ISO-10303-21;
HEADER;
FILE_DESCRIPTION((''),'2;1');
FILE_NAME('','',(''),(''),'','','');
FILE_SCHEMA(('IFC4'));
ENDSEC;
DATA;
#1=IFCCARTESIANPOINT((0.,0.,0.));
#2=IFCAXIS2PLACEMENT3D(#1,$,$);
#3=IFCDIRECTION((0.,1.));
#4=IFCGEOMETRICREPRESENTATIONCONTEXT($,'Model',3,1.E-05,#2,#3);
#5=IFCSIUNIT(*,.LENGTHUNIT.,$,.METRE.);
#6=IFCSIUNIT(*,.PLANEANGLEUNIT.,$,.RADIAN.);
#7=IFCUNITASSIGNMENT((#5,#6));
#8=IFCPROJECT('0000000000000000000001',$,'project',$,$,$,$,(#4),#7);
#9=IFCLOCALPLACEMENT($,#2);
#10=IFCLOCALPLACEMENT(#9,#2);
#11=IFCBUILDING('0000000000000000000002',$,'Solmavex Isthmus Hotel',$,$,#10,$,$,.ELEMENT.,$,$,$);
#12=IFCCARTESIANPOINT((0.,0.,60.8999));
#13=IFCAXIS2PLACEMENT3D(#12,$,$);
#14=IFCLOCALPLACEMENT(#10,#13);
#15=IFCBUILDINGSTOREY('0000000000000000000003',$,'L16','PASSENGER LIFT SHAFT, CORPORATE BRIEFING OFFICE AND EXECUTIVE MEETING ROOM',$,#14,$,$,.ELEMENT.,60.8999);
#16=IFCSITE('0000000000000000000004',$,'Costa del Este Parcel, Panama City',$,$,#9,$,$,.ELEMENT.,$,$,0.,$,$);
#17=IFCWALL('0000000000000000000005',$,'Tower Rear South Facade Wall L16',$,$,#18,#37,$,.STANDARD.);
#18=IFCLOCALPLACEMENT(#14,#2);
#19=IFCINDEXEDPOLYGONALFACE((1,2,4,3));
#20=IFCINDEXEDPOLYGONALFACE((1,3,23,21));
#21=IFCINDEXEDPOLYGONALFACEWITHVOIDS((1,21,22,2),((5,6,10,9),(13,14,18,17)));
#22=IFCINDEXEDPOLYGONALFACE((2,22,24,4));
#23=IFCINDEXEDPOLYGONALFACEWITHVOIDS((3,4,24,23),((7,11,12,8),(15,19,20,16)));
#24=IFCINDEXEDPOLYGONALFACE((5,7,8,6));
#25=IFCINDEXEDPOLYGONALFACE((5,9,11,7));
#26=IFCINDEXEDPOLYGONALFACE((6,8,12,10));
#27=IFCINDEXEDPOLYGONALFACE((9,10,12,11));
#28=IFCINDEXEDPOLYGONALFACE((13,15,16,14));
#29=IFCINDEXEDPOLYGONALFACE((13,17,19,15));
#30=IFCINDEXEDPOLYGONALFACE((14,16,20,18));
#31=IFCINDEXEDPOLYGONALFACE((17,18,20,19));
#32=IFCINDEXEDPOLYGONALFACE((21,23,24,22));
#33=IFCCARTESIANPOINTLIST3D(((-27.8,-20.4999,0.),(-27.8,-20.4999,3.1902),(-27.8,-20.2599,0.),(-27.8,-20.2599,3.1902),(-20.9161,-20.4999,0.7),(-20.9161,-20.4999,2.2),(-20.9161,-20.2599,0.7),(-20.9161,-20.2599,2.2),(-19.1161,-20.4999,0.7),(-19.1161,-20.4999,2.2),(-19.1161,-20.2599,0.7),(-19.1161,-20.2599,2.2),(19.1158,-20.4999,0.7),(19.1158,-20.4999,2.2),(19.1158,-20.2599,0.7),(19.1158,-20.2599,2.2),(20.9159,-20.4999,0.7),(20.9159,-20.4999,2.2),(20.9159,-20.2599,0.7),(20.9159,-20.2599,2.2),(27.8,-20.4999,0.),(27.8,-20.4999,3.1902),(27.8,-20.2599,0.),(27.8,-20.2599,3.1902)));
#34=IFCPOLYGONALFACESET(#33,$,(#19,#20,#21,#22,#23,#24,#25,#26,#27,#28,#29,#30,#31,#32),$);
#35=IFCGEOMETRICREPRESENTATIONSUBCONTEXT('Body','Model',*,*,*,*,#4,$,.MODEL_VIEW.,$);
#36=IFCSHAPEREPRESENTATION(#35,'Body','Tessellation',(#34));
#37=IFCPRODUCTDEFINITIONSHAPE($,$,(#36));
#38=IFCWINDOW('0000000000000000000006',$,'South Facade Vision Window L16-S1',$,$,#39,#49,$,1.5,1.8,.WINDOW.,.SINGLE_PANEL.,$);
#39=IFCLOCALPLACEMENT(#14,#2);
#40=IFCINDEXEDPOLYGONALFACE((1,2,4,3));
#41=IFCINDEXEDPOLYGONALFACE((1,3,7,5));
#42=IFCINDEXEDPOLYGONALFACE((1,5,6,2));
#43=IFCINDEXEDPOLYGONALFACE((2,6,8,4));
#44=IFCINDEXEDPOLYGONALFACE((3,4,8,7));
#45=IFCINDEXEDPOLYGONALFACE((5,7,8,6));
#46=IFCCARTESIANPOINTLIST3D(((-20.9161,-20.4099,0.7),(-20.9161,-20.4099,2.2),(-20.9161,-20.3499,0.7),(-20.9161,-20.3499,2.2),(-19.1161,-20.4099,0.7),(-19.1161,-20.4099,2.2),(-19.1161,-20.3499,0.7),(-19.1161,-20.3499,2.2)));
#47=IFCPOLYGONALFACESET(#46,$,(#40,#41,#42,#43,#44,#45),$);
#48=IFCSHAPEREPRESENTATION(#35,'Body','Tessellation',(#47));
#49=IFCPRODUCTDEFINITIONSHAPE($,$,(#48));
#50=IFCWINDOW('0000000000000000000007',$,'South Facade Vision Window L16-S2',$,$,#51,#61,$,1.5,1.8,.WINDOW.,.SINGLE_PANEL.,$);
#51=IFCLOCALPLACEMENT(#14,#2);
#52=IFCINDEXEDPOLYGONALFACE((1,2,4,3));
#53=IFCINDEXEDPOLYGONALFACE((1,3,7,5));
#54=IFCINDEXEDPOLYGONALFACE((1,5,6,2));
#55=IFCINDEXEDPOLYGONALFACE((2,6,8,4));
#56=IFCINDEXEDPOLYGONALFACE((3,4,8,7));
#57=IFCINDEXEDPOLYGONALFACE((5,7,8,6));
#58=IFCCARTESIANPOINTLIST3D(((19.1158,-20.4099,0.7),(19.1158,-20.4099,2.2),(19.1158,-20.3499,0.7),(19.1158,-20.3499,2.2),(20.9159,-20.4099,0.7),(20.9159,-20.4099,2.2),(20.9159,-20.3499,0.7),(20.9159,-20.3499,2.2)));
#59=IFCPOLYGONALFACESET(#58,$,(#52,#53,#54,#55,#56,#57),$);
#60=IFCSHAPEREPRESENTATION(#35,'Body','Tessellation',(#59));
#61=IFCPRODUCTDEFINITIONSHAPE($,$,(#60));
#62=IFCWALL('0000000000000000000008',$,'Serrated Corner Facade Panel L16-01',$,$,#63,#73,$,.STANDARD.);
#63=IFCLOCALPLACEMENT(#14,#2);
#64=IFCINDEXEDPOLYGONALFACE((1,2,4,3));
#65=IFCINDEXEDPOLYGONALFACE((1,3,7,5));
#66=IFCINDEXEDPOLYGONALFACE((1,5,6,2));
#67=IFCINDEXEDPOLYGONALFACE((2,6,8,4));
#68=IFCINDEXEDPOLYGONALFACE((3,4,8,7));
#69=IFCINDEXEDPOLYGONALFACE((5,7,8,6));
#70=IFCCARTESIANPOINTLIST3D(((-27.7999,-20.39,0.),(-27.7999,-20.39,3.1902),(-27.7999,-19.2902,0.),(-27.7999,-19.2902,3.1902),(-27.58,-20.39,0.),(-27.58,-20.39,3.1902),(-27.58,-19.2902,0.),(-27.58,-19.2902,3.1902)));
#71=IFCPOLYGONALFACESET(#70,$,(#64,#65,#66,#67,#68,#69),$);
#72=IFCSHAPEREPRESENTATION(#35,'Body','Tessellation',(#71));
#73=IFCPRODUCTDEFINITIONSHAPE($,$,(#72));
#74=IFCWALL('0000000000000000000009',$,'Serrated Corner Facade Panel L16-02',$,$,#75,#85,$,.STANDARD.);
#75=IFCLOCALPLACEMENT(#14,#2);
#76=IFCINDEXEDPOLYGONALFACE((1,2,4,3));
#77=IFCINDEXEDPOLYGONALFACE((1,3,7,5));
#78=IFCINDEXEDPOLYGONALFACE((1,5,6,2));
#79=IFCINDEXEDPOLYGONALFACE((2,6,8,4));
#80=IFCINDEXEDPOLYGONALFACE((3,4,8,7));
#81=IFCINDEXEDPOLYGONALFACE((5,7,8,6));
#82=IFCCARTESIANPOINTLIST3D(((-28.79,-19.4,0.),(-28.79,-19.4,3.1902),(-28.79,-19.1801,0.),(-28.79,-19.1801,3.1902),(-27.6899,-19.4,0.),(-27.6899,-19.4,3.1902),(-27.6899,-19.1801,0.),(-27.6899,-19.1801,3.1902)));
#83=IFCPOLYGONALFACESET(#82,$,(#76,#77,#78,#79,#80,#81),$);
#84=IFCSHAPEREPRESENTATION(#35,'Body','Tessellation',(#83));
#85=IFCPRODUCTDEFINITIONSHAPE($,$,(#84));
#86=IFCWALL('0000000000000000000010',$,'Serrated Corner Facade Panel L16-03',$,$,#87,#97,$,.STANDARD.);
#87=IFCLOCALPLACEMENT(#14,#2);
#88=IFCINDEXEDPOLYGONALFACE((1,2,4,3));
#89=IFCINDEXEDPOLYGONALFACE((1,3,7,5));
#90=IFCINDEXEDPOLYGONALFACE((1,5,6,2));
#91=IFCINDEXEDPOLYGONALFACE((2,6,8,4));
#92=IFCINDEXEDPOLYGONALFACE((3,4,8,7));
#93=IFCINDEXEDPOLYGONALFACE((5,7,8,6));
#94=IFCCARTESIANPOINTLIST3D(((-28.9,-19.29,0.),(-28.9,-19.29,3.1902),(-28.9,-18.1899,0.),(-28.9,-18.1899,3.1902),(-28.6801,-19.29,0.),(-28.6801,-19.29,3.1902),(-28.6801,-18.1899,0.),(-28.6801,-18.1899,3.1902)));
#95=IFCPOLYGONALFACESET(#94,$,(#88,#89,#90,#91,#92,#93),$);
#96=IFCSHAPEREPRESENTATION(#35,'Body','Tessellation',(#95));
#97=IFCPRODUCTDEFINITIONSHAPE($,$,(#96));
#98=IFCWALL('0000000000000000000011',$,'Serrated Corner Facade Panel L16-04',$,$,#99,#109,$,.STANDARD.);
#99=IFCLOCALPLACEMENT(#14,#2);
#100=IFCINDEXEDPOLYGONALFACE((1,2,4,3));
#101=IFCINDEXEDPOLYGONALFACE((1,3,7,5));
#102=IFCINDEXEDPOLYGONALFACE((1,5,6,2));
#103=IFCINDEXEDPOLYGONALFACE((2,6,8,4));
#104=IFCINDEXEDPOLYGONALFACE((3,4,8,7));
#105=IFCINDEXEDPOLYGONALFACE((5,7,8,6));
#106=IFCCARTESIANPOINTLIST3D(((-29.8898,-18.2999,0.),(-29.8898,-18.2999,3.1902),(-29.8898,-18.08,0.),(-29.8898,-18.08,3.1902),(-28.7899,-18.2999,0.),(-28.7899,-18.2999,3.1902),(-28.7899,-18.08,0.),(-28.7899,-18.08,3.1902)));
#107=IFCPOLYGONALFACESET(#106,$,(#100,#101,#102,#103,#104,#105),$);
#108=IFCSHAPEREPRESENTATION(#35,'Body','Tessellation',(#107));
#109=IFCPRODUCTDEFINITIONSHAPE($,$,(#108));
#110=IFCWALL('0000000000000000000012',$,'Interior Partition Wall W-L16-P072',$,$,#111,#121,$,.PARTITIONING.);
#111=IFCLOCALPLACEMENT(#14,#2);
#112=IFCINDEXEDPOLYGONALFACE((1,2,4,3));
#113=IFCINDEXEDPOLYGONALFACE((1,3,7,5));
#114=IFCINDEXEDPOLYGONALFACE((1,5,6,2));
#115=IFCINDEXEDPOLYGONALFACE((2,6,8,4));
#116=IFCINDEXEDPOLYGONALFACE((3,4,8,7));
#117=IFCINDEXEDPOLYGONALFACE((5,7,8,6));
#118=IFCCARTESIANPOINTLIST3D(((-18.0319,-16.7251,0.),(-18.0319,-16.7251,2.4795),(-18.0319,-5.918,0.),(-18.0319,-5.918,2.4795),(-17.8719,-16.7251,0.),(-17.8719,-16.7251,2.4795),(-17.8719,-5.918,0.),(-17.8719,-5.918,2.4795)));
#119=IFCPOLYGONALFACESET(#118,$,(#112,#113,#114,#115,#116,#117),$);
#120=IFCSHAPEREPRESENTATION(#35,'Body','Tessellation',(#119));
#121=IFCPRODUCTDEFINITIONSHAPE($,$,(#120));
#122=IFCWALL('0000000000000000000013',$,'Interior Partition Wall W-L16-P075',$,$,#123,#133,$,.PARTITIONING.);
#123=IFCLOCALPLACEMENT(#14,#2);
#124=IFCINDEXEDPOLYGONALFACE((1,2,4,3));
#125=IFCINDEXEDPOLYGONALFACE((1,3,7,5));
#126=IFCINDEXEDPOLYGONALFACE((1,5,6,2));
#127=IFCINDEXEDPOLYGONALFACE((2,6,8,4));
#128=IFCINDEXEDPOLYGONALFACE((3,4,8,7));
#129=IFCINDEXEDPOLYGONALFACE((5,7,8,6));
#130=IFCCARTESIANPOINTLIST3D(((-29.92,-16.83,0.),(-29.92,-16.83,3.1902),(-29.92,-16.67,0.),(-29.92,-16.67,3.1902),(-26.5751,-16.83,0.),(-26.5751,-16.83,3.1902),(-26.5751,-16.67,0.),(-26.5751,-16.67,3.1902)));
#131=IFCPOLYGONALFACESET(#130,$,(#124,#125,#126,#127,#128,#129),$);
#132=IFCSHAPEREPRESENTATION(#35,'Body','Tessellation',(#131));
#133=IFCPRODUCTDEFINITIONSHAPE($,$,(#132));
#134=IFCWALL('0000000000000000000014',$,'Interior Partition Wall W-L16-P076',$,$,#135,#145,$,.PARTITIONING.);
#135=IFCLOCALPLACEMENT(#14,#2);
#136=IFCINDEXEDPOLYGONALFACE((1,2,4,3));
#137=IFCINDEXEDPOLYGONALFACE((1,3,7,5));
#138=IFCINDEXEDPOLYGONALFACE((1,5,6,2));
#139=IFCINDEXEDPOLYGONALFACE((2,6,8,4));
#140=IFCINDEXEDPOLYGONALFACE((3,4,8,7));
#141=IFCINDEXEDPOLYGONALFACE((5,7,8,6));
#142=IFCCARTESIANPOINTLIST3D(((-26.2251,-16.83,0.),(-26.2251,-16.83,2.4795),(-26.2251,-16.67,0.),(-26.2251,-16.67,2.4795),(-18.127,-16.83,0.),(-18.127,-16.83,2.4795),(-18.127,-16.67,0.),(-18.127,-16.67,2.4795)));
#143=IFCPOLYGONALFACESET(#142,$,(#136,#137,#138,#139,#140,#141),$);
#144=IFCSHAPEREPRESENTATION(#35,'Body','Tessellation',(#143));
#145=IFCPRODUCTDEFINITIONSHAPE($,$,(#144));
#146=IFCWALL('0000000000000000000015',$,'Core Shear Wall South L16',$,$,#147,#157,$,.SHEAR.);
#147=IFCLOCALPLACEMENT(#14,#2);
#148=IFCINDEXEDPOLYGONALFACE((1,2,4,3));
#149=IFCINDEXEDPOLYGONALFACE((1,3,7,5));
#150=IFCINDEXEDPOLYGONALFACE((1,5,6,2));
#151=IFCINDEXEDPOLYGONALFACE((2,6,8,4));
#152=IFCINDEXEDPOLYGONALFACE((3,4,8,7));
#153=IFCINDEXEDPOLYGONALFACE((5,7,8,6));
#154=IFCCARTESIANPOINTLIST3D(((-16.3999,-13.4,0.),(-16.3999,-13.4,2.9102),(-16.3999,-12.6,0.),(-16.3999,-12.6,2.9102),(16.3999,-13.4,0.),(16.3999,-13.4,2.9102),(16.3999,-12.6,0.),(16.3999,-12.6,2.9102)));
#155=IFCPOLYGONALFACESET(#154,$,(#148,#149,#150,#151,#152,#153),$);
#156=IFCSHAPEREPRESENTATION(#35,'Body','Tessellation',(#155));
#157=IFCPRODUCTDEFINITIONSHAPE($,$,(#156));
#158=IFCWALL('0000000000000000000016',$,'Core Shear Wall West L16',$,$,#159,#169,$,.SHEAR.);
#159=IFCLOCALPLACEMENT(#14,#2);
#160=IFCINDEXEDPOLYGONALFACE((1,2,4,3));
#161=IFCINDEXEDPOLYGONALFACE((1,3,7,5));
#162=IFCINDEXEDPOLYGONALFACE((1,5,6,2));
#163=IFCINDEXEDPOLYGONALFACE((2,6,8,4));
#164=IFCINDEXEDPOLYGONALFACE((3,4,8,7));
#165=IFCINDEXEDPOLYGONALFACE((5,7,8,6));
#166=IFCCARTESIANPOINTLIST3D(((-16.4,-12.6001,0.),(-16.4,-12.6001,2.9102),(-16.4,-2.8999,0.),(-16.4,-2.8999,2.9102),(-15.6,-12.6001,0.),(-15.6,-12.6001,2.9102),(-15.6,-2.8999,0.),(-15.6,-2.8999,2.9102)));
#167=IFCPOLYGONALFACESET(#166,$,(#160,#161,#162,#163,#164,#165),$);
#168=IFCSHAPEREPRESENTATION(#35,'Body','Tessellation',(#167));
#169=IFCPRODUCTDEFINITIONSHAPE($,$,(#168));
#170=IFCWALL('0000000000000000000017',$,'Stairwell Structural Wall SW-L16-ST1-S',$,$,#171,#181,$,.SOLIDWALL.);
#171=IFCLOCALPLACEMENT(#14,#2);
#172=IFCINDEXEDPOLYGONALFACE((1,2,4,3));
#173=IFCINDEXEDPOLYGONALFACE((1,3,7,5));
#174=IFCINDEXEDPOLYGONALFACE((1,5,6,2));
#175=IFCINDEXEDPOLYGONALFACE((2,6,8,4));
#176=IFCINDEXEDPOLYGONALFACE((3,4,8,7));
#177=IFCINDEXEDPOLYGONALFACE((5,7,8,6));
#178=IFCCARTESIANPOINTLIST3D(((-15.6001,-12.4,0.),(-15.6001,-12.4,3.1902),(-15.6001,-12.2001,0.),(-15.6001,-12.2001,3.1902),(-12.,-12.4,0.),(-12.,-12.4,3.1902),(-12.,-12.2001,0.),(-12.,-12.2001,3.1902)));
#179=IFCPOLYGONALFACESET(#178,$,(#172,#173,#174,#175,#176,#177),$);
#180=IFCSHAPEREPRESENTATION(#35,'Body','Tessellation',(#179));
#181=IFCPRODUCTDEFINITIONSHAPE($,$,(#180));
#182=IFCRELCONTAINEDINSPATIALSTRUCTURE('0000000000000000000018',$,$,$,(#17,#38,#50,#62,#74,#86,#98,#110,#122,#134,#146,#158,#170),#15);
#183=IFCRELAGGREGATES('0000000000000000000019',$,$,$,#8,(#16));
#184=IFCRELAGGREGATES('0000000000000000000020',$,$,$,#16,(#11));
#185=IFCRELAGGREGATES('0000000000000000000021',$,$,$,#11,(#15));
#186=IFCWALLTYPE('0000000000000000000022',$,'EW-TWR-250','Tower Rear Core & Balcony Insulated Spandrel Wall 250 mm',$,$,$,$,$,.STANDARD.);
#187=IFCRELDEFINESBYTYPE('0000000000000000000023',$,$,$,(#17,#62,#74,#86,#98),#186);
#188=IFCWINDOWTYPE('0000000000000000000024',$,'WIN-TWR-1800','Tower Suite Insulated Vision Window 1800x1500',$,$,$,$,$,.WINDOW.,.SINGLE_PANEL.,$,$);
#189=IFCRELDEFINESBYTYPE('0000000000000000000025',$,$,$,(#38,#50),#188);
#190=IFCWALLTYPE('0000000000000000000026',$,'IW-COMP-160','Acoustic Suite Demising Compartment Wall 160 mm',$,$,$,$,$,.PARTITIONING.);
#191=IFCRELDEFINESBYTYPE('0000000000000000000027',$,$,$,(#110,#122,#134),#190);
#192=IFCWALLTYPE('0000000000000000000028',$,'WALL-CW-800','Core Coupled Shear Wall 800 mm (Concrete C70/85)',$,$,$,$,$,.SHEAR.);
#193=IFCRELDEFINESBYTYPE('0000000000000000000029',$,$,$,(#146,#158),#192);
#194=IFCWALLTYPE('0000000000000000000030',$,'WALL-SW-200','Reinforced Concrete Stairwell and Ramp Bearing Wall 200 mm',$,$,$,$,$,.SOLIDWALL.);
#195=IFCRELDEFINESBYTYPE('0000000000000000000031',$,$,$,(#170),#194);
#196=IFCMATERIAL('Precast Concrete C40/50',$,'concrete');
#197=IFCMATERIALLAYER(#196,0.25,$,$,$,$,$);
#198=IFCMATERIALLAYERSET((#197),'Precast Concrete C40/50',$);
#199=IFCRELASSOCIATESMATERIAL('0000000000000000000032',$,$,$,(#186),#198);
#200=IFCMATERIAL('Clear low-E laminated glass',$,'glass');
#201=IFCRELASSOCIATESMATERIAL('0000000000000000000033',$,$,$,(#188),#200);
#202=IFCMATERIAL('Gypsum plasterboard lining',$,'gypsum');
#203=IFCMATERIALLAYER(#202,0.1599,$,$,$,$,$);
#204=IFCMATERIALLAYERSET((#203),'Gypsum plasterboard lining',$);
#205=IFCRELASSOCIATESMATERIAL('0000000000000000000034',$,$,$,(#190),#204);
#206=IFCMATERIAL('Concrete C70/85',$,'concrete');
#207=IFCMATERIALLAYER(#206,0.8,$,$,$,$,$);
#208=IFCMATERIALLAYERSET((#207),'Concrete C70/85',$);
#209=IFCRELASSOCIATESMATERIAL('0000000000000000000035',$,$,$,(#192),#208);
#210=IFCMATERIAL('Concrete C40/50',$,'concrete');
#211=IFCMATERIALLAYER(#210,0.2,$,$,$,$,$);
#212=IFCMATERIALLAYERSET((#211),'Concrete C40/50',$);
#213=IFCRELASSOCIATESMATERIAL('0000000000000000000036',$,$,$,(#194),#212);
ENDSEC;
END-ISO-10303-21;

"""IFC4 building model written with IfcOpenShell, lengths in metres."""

from ifc_helpers import new_model, si_unit, direction, frame, frame_2d, origin, place, context, subcontext, project, spatial, rectangle, extrude, material, layer, layer_set, type_object, element, fill, save


model = new_model("IFC4")

# Units and contexts
model_context = context("Model", 3, precision=1e-05, world=origin(), true_north=direction((0.0, 1.0)))
body_context = subcontext(model_context, "Body", "Model", "MODEL_VIEW")
ifc_project = project(units=[si_unit("LENGTHUNIT", "METRE"), si_unit("PLANEANGLEUNIT", "RADIAN")], contexts=[model_context])

# Site, building, storey
site_placement = place(None, origin())
site = spatial("IfcSite", under=ifc_project, at=site_placement, Name="Costa del Este Parcel, Panama City", CompositionType="ELEMENT", RefElevation=0.0)
building_placement = place(site_placement, origin())
building = spatial("IfcBuilding", under=site, at=building_placement, Name="Solmavex Isthmus Hotel", CompositionType="ELEMENT")
storey_placement = place(building_placement, frame((0.0, 0.0, 60.8999)))
storey = spatial("IfcBuildingStorey", under=building, at=storey_placement, Name="L16", Description="PASSENGER LIFT SHAFT, CORPORATE BRIEFING OFFICE AND EXECUTIVE MEETING ROOM", CompositionType="ELEMENT", Elevation=60.8999)

# Shared definitions
ifc_material_1 = material(Name="Concrete C70/85", Category="concrete")

# Shared definitions
ifc_material_2 = material(Name="Clear low-E laminated glass", Category="glass")

# Wall, openings, windows
ifc_material_3 = material(Name="Precast Concrete C40/50", Category="concrete")
ifc_layer_1 = layer(ifc_material_3, 0.25)
ifc_layer_set_1 = layer_set([ifc_layer_1], Name="Precast Concrete C40/50")
wall_type_1 = type_object("IfcWallType", Name="EW-TWR-250", Description="Tower Rear Core & Balcony Insulated Spandrel Wall 250 mm", PredefinedType="STANDARD", material=ifc_layer_set_1)
wall_1_placement = place(storey_placement, frame((-27.8, -20.3799, 0.0), z_axis=(0.0, 0.0, 1.0), x_axis=(1.0, 0.0, 0.0)))
wall_1 = element("IfcWall", 1, at=wall_1_placement, inside=storey, type_object=wall_type_1, Name="Tower Rear South Facade Wall L16", PredefinedType="STANDARD", context=body_context, shape_type="SweptSolid", body=[
    extrude(rectangle(XDim=55.6001, YDim=0.24, at=frame_2d((27.8, 0.0))), origin(), (0.0, 0.0, 1.0), 3.1902),
])
opening_1_placement = place(wall_1_placement, frame((6.884, 0.0, 0.7)))
opening_1 = element("IfcOpeningElement", 2, at=opening_1_placement, cuts=wall_1, PredefinedType="OPENING", context=body_context, shape_type="SweptSolid", body=[
    extrude(rectangle(XDim=1.8, YDim=1.5, at=frame_2d((0.8999, 0.75))), frame((0.0, 0.1299, 0.0), z_axis=(0.0, -1.0, 0.0), x_axis=(1.0, 0.0, 0.0)), (0.0, 0.0, 1.0), 0.26),
])
opening_2_placement = place(wall_1_placement, frame((46.916, 0.0, 0.7)))
opening_2 = element("IfcOpeningElement", 3, at=opening_2_placement, cuts=wall_1, PredefinedType="OPENING", context=body_context, shape_type="SweptSolid", body=[
    extrude(rectangle(XDim=1.8, YDim=1.5, at=frame_2d((0.8999, 0.75))), frame((0.0, 0.1299, 0.0), z_axis=(0.0, -1.0, 0.0), x_axis=(1.0, 0.0, 0.0)), (0.0, 0.0, 1.0), 0.26),
])
window_type = type_object("IfcWindowType", Name="WIN-TWR-1800", Description="Tower Suite Insulated Vision Window 1800x1500", PartitioningType="SINGLE_PANEL", PredefinedType="WINDOW", material=ifc_material_2)
window_1_placement = place(opening_1_placement, origin())
window_1 = element("IfcWindow", 4, at=window_1_placement, inside=storey, type_object=window_type, Name="South Facade Vision Window L16-S1", OverallHeight=1.5, OverallWidth=1.8, PartitioningType="SINGLE_PANEL", PredefinedType="WINDOW", context=body_context, shape_type="SweptSolid", body=[
    extrude(rectangle(XDim=1.8, YDim=1.5, at=frame_2d((0.8999, 0.75))), frame((0.0, 0.03, 0.0), z_axis=(0.0, -1.0, 0.0), x_axis=(1.0, 0.0, 0.0)), (0.0, 0.0, 1.0), 0.0601),
])
fill(opening_1, window_1)
window_2_placement = place(opening_2_placement, origin())
window_2 = element("IfcWindow", 5, at=window_2_placement, inside=storey, type_object=window_type, Name="South Facade Vision Window L16-S2", OverallHeight=1.5, OverallWidth=1.8, PartitioningType="SINGLE_PANEL", PredefinedType="WINDOW", context=body_context, shape_type="SweptSolid", body=[
    extrude(rectangle(XDim=1.8, YDim=1.5, at=frame_2d((0.8999, 0.75))), frame((0.0, 0.03, 0.0), z_axis=(0.0, -1.0, 0.0), x_axis=(1.0, 0.0, 0.0)), (0.0, 0.0, 1.0), 0.0601),
])
fill(opening_2, window_2)

# Walls
wall_2_placement = place(storey_placement, frame((-27.6899, -20.3899, 0.0), z_axis=(0.0, 0.0, 1.0), x_axis=(0.0, 1.0, 0.0)))
element("IfcWall", 6, at=wall_2_placement, inside=storey, type_object=wall_type_1, Name="Serrated Corner Facade Panel L16-01", PredefinedType="STANDARD", context=body_context, shape_type="SweptSolid", body=[
    extrude(rectangle(XDim=1.0999, YDim=0.22, at=frame_2d((0.5498, 0.0))), origin(), (0.0, 0.0, 1.0), 3.1902),
])
for number, where, z_axis, x_axis, name in (
    (7, (-27.6899, -19.29, 0.0), (0.0, 0.0, 1.0), (-1.0, 0.0, 0.0), "Serrated Corner Facade Panel L16-02"),
    (8, (-28.79, -19.29, 0.0), (0.0, 0.0, 1.0), (0.0, 1.0, 0.0), "Serrated Corner Facade Panel L16-03"),
):
    element("IfcWall", number, at=place(storey_placement, frame(where, z_axis=z_axis, x_axis=x_axis)), inside=storey, type_object=wall_type_1, Name=name, PredefinedType="STANDARD", context=body_context, shape_type="SweptSolid", body=[
        extrude(rectangle(XDim=1.1001, YDim=0.22, at=frame_2d((0.55, 0.0))), origin(), (0.0, 0.0, 1.0), 3.1902),
    ])
wall_3_placement = place(storey_placement, frame((-28.79, -18.1899, 0.0), z_axis=(0.0, 0.0, 1.0), x_axis=(-1.0, 0.0, 0.0)))
element("IfcWall", 9, at=wall_3_placement, inside=storey, type_object=wall_type_1, Name="Serrated Corner Facade Panel L16-04", PredefinedType="STANDARD", context=body_context, shape_type="SweptSolid", body=[
    extrude(rectangle(XDim=1.0999, YDim=0.22, at=frame_2d((0.5498, 0.0))), origin(), (0.0, 0.0, 1.0), 3.1902),
])
ifc_material_4 = material(Name="Gypsum plasterboard lining", Category="gypsum")
ifc_layer_2 = layer(ifc_material_4, 0.1599)
ifc_layer_set_2 = layer_set([ifc_layer_2], Name="Gypsum plasterboard lining")
wall_type_2 = type_object("IfcWallType", Name="IW-COMP-160", Description="Acoustic Suite Demising Compartment Wall 160 mm", PredefinedType="PARTITIONING", material=ifc_layer_set_2)
wall_4_placement = place(storey_placement, frame((-17.9519, -16.7251, 0.0), z_axis=(0.0, 0.0, 1.0), x_axis=(0.0, 1.0, 0.0)))
element("IfcWall", 10, at=wall_4_placement, inside=storey, type_object=wall_type_2, Name="Interior Partition Wall W-L16-P072", PredefinedType="PARTITIONING", context=body_context, shape_type="SweptSolid", body=[
    extrude(rectangle(XDim=10.8071, YDim=0.1599, at=frame_2d((5.4036, 0.0))), origin(), (0.0, 0.0, 1.0), 2.4795),
])
wall_5_placement = place(storey_placement, frame((-29.9199, -16.75, 0.0), z_axis=(0.0, 0.0, 1.0), x_axis=(1.0, 0.0, 0.0)))
element("IfcWall", 11, at=wall_5_placement, inside=storey, type_object=wall_type_2, Name="Interior Partition Wall W-L16-P075", PredefinedType="PARTITIONING", context=body_context, shape_type="SweptSolid", body=[
    extrude(rectangle(XDim=3.345, YDim=0.1599, at=frame_2d((1.6724, 0.0))), origin(), (0.0, 0.0, 1.0), 3.1902),
])
wall_6_placement = place(storey_placement, frame((-26.2251, -16.75, 0.0), z_axis=(0.0, 0.0, 1.0), x_axis=(1.0, 0.0, 0.0)))
element("IfcWall", 12, at=wall_6_placement, inside=storey, type_object=wall_type_2, Name="Interior Partition Wall W-L16-P076", PredefinedType="PARTITIONING", context=body_context, shape_type="SweptSolid", body=[
    extrude(rectangle(XDim=8.0981, YDim=0.1599, at=frame_2d((4.0491, 0.0))), origin(), (0.0, 0.0, 1.0), 2.4795),
])
ifc_layer_3 = layer(ifc_material_1, 0.8)
ifc_layer_set_3 = layer_set([ifc_layer_3], Name="Concrete C70/85")
wall_type_3 = type_object("IfcWallType", Name="WALL-CW-800", Description="Core Coupled Shear Wall 800 mm (Concrete C70/85)", PredefinedType="SHEAR", material=ifc_layer_set_3)
wall_7_placement = place(storey_placement, frame((-16.3999, -13.0, 0.0), z_axis=(0.0, 0.0, 1.0), x_axis=(1.0, 0.0, 0.0)))
element("IfcWall", 13, at=wall_7_placement, inside=storey, type_object=wall_type_3, Name="Core Shear Wall South L16", PredefinedType="SHEAR", context=body_context, shape_type="SweptSolid", body=[
    extrude(rectangle(XDim=32.7998, YDim=0.8, at=frame_2d((16.3999, 0.0))), origin(), (0.0, 0.0, 1.0), 2.9102),
])
wall_8_placement = place(storey_placement, frame((-16.0, -12.6001, 0.0), z_axis=(0.0, 0.0, 1.0), x_axis=(0.0, 1.0, 0.0)))
element("IfcWall", 14, at=wall_8_placement, inside=storey, type_object=wall_type_3, Name="Core Shear Wall West L16", PredefinedType="SHEAR", context=body_context, shape_type="SweptSolid", body=[
    extrude(rectangle(XDim=9.7002, YDim=0.8, at=frame_2d((4.8501, 0.0))), origin(), (0.0, 0.0, 1.0), 2.9102),
])
ifc_material_5 = material(Name="Concrete C40/50", Category="concrete")
ifc_layer_4 = layer(ifc_material_5, 0.2)
ifc_layer_set_4 = layer_set([ifc_layer_4], Name="Concrete C40/50")
wall_type_4 = type_object("IfcWallType", Name="WALL-SW-200", Description="Reinforced Concrete Stairwell and Ramp Bearing Wall 200 mm", PredefinedType="SOLIDWALL", material=ifc_layer_set_4)
wall_9_placement = place(storey_placement, frame((-15.6001, -12.3, 0.0), z_axis=(0.0, 0.0, 1.0), x_axis=(1.0, 0.0, 0.0)))
element("IfcWall", 15, at=wall_9_placement, inside=storey, type_object=wall_type_4, Name="Stairwell Structural Wall SW-L16-ST1-S", PredefinedType="SOLIDWALL", context=body_context, shape_type="SweptSolid", body=[
    extrude(rectangle(XDim=3.6001, YDim=0.2, at=frame_2d((1.8, 0.0))), origin(), (0.0, 0.0, 1.0), 3.1902),
])

save(model, "model.ifc")
